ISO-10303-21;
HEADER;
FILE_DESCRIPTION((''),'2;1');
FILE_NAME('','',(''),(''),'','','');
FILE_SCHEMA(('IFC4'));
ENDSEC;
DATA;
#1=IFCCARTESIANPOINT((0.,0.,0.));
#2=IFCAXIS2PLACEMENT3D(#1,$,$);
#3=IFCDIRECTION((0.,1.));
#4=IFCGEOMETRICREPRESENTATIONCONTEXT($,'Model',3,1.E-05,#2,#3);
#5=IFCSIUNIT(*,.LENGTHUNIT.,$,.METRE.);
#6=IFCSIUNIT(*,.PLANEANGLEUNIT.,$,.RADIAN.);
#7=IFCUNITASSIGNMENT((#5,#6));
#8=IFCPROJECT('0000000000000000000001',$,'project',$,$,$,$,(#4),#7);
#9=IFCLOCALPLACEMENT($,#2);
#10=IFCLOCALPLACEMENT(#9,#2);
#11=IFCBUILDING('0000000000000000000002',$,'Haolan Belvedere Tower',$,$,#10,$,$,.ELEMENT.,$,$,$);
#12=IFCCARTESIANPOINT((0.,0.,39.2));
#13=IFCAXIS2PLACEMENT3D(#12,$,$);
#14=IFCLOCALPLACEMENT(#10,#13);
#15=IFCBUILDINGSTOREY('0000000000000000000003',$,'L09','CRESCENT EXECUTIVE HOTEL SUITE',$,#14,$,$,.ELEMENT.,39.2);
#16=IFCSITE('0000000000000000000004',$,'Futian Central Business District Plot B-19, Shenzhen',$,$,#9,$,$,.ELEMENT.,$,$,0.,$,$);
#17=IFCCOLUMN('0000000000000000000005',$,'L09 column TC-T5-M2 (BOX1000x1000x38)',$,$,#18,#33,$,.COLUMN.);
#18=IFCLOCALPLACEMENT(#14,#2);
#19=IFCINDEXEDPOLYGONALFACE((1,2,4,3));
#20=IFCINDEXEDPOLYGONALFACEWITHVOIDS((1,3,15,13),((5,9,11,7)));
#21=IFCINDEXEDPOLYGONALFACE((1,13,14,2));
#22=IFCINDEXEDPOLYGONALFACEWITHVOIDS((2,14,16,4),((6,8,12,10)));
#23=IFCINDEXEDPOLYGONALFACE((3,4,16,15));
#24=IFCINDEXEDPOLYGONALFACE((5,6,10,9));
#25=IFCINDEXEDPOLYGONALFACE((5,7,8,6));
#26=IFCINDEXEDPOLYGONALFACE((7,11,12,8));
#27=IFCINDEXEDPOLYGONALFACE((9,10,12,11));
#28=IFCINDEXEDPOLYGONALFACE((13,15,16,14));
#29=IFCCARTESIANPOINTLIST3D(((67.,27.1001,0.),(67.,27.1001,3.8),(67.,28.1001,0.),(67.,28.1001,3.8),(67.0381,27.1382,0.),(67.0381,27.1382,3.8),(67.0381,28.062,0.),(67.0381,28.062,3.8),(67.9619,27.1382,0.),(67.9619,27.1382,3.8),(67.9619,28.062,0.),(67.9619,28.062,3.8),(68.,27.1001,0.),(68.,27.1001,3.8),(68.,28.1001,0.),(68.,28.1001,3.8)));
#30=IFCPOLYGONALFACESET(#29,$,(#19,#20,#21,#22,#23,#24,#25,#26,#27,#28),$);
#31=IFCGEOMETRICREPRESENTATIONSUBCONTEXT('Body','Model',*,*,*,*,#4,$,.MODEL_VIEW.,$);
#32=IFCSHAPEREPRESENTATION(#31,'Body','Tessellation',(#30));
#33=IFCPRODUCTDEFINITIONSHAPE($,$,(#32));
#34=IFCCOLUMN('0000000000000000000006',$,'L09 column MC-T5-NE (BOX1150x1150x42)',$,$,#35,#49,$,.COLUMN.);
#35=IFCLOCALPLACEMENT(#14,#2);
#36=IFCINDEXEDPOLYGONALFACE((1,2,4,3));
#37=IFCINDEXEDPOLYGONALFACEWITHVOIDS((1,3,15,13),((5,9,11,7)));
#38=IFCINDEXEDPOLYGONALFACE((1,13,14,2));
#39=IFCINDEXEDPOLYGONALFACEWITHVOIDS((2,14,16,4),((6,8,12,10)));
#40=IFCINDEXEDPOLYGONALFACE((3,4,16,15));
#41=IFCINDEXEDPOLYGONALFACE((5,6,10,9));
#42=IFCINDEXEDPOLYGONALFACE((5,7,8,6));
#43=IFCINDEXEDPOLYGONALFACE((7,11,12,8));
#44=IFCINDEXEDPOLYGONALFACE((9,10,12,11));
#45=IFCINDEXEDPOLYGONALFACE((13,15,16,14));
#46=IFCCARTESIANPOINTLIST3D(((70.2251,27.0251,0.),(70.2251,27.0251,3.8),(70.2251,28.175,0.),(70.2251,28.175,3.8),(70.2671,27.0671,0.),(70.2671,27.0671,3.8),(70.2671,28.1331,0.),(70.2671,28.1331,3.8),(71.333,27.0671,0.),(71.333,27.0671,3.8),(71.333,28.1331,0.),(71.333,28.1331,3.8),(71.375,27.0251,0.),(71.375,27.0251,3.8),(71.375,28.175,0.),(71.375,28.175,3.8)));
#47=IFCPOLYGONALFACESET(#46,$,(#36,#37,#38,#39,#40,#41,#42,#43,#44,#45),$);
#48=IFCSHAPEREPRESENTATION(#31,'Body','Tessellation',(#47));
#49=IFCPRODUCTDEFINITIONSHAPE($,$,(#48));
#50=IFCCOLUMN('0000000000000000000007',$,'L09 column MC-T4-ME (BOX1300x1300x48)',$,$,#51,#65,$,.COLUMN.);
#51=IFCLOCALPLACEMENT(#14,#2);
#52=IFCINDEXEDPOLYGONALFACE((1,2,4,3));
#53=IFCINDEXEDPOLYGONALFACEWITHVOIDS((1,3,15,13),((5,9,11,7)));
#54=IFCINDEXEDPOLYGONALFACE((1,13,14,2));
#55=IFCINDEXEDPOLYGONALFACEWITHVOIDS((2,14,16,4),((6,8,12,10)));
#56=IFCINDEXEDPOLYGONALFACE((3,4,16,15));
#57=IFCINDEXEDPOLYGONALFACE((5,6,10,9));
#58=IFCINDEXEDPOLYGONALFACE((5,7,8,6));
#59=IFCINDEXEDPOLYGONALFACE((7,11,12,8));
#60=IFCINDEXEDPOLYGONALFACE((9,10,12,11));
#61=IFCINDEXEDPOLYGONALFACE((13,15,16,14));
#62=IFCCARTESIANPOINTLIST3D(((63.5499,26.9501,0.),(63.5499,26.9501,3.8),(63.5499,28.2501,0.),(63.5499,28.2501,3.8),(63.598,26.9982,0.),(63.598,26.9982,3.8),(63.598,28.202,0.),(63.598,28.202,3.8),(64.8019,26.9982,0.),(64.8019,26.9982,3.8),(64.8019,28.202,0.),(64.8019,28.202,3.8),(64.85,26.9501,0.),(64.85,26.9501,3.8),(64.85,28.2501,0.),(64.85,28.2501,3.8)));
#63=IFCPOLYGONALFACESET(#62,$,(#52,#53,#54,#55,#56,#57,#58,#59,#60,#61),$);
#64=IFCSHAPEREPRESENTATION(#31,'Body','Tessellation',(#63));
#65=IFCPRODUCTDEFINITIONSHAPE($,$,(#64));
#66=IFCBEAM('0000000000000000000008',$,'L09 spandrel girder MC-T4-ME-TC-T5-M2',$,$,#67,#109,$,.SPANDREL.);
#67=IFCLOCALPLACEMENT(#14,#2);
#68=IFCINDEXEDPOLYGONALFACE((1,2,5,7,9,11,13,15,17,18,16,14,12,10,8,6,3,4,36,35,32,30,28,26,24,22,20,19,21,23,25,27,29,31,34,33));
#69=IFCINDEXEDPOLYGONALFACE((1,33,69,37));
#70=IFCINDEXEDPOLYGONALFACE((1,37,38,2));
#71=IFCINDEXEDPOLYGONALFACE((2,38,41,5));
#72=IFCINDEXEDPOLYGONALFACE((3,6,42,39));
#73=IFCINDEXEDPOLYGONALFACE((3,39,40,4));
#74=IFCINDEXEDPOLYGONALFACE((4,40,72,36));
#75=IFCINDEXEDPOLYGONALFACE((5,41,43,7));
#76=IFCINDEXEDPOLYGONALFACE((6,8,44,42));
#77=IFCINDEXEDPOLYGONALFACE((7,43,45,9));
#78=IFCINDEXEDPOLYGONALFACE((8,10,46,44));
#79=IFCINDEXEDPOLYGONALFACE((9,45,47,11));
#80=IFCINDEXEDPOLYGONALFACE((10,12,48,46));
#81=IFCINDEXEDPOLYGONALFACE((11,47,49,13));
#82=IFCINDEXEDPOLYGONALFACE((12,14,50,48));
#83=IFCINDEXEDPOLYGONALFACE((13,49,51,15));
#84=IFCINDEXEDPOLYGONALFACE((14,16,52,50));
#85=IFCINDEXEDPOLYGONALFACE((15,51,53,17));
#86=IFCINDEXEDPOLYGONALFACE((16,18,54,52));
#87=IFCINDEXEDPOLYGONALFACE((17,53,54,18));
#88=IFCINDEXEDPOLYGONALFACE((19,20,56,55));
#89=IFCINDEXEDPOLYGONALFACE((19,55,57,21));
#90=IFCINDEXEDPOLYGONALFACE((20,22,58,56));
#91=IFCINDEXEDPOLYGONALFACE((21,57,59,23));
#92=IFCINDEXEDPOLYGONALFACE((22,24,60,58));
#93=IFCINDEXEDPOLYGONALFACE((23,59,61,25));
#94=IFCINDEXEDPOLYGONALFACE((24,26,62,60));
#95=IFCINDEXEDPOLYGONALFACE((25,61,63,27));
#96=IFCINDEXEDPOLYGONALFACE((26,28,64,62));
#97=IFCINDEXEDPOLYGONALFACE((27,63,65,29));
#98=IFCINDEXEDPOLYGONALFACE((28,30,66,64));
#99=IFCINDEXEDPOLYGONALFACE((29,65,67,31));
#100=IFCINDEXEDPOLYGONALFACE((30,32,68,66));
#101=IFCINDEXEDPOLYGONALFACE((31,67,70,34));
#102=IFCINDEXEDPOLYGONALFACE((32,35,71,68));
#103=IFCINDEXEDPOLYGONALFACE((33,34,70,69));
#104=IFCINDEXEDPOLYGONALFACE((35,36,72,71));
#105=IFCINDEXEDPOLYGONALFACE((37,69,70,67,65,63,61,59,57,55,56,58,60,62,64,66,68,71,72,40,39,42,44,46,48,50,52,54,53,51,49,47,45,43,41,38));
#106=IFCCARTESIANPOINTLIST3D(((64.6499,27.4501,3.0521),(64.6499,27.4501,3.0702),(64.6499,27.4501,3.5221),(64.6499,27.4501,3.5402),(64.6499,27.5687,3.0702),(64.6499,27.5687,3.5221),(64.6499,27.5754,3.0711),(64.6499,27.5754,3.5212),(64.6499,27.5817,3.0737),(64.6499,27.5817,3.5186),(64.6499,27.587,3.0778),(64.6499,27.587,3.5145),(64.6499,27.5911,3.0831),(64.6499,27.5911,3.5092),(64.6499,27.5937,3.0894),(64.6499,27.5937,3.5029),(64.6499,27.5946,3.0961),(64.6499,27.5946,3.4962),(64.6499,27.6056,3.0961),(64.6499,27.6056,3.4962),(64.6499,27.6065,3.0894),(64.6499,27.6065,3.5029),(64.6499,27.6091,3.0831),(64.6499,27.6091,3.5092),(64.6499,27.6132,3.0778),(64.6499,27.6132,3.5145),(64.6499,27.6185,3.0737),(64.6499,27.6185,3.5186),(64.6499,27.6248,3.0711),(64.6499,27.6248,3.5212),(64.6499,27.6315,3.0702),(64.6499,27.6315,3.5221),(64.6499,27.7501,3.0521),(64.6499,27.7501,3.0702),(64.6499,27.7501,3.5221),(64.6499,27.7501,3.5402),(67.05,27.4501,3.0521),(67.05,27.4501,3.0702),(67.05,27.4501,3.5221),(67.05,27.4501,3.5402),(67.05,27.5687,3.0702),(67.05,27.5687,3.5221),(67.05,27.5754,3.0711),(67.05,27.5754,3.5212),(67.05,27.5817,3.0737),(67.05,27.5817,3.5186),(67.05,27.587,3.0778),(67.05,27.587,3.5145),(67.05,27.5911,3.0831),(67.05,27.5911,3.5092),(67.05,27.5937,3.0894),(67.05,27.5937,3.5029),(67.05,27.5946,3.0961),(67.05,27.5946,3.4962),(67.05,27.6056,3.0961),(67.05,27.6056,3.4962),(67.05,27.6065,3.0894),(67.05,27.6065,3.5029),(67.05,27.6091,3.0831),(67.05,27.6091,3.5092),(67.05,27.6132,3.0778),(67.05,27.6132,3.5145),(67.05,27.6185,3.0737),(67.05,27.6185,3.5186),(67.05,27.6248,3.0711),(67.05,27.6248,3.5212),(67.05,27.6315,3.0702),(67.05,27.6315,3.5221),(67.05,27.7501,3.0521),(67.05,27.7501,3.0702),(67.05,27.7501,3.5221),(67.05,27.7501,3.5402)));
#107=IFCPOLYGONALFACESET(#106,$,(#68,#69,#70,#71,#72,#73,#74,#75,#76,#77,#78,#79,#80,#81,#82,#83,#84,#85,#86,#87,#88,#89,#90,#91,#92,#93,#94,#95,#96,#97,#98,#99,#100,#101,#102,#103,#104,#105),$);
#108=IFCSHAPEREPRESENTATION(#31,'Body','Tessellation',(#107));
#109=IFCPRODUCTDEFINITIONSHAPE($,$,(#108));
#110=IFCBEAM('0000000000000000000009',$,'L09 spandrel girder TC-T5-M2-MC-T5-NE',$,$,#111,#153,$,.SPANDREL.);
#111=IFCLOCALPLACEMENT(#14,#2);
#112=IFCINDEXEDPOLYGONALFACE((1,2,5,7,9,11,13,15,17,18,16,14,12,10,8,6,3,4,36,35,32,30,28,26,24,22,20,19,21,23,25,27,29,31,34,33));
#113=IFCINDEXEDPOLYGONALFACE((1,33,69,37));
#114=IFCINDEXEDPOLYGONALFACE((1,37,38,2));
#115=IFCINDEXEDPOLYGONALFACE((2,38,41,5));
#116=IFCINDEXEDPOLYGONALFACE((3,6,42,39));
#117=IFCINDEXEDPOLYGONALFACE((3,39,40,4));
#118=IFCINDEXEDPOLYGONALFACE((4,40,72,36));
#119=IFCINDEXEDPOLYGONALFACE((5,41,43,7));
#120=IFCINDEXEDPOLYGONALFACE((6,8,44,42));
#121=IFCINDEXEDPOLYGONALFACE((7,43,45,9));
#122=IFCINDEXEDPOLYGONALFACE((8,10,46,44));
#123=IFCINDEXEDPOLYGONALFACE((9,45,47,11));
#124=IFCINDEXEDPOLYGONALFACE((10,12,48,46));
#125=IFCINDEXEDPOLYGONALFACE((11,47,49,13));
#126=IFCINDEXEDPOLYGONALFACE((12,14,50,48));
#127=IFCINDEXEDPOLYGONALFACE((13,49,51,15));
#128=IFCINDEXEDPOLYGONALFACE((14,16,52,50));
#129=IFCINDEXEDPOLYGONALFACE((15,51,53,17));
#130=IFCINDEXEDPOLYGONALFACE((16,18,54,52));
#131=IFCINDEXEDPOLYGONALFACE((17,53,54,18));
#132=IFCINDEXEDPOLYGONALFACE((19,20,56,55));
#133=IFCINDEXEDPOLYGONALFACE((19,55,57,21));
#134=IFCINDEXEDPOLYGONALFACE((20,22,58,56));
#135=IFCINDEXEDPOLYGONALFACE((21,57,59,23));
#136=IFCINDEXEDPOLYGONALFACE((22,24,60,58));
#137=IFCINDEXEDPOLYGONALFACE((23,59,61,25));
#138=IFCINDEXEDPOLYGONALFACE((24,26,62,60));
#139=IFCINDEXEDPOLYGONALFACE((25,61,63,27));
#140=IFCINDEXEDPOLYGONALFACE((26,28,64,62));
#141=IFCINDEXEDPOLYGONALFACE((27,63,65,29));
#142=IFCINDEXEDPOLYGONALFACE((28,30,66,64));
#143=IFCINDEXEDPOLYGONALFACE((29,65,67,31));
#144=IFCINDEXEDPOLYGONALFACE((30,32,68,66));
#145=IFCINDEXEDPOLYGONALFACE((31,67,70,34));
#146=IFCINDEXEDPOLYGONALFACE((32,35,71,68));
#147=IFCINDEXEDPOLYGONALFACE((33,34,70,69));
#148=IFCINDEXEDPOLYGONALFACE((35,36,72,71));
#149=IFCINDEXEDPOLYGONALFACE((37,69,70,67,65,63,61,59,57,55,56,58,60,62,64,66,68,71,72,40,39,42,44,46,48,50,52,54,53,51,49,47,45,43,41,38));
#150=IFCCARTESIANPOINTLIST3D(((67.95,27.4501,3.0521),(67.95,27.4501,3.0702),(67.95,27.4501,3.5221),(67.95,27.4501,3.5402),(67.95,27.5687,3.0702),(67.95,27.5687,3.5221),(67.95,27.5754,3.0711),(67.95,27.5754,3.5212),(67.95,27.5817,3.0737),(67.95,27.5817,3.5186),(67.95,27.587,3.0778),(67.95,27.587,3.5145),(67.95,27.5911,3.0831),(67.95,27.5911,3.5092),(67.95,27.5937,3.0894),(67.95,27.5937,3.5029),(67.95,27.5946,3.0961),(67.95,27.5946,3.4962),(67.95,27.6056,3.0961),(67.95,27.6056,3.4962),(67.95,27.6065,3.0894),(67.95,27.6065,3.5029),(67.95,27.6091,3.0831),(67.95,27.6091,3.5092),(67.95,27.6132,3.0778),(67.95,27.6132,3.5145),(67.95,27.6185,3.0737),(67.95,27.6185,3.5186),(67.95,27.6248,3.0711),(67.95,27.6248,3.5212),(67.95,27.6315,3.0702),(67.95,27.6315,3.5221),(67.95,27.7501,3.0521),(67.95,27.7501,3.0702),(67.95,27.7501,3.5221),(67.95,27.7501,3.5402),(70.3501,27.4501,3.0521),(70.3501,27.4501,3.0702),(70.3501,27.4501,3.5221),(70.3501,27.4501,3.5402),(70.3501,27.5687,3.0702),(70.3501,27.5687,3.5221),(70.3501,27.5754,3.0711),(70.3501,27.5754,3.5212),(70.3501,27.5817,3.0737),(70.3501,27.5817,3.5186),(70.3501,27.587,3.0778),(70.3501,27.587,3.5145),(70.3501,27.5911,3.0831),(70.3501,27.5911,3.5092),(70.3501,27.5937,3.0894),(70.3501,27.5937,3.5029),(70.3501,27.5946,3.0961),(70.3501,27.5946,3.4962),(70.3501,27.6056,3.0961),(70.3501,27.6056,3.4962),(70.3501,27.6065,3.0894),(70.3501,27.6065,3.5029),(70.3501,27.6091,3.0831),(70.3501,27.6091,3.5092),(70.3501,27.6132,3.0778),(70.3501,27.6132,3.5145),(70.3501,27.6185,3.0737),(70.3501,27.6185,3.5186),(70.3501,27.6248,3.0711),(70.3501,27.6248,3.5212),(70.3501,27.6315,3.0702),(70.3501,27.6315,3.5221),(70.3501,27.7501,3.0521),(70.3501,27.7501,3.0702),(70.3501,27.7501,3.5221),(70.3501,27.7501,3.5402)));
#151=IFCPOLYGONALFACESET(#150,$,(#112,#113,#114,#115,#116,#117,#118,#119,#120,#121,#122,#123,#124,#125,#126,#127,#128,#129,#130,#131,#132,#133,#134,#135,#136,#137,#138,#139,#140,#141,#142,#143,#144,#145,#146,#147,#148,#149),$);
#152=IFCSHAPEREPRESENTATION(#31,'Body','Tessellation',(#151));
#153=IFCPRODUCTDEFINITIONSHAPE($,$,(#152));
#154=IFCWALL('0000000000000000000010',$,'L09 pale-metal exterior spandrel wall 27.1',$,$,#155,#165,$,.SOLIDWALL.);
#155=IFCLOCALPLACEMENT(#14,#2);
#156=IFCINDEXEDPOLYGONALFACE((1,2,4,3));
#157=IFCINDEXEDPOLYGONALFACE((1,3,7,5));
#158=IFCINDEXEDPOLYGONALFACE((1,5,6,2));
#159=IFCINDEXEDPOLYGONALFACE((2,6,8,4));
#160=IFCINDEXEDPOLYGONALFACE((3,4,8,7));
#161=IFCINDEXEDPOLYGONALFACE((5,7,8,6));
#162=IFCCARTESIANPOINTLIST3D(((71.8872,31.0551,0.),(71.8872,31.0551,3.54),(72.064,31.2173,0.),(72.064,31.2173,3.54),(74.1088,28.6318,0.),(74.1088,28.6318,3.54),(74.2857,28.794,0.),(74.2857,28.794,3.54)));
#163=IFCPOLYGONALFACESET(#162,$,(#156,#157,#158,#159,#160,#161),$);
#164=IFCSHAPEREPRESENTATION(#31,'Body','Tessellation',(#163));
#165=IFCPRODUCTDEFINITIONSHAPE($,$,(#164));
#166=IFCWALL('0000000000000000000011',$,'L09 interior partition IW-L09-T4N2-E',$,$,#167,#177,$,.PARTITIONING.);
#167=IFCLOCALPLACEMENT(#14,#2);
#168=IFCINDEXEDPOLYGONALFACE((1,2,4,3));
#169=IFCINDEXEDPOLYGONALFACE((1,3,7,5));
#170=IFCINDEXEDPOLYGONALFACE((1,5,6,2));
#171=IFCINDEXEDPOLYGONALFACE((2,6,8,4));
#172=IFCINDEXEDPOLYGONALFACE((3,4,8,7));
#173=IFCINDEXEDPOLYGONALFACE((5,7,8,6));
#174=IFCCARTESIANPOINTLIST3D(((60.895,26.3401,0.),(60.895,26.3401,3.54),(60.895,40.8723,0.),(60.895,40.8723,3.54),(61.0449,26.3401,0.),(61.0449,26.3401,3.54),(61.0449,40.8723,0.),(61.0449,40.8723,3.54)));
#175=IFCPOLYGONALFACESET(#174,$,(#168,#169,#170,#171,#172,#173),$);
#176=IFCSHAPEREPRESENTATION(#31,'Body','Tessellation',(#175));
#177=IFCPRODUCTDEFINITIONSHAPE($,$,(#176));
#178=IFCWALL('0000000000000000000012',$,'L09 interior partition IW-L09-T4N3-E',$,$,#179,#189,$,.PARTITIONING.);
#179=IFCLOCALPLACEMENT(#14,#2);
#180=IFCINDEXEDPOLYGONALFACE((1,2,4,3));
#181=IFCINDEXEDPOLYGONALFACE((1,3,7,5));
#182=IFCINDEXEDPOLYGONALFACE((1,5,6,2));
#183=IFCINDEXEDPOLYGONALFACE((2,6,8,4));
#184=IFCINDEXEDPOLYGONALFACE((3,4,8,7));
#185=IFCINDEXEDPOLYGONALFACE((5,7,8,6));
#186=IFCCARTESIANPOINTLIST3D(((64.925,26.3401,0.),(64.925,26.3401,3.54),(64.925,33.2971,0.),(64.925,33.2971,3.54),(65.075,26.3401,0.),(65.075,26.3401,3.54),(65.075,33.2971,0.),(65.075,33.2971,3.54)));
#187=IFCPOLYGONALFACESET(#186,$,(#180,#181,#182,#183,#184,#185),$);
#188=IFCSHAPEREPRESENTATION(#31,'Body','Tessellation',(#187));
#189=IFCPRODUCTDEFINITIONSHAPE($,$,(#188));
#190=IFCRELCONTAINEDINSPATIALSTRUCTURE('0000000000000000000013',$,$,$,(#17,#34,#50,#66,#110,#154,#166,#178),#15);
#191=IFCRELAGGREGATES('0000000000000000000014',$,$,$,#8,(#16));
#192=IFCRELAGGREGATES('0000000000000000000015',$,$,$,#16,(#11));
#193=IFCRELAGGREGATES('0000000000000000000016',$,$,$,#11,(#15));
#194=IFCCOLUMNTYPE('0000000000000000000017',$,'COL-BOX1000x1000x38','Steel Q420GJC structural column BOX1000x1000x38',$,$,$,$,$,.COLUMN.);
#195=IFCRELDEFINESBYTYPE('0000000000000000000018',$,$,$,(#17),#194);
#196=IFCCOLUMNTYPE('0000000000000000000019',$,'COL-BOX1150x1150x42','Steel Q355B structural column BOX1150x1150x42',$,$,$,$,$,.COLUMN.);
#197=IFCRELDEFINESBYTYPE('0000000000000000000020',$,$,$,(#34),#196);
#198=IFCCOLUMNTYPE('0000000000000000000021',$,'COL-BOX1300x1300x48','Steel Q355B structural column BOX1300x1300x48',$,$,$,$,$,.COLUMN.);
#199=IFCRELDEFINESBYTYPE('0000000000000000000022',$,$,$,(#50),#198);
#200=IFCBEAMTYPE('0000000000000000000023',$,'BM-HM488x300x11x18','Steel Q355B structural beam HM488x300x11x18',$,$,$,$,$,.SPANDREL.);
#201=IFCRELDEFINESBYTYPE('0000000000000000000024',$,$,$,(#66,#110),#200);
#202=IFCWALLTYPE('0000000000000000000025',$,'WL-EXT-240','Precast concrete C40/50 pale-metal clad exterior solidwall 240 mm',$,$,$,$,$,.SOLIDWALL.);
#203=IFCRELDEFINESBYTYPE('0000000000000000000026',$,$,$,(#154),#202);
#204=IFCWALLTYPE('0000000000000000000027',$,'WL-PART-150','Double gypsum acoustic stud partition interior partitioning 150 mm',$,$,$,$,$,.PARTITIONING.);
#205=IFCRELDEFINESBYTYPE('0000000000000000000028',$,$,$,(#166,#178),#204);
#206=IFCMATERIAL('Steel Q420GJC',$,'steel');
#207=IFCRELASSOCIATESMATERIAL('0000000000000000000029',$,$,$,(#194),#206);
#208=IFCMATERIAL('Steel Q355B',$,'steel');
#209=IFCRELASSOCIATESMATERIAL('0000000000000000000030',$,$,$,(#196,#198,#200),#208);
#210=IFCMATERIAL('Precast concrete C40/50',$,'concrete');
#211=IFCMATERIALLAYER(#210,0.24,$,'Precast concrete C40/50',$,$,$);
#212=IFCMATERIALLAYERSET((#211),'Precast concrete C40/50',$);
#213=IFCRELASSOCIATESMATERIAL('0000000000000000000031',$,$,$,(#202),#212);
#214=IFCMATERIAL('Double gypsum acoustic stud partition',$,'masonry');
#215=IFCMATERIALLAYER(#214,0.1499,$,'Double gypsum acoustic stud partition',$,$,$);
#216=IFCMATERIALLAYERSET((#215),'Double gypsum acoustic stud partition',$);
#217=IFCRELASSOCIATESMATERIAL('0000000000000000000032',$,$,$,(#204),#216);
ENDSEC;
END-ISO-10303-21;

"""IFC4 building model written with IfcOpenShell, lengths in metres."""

from ifc_helpers import new_model, si_unit, direction, frame, frame_2d, origin, origin_2d, place, context, subcontext, project, spatial, rectangle, hollow_rectangle, i_section, extrude, material, layer, layer_set, material_profile, profile_set, type_object, element, save


model = new_model("IFC4")

# Units and contexts
model_context = context("Model", 3, precision=1e-05, world=origin(), true_north=direction((0.0, 1.0)))
body_context = subcontext(model_context, "Body", "Model", "MODEL_VIEW")
ifc_project = project(units=[si_unit("LENGTHUNIT", "METRE"), si_unit("PLANEANGLEUNIT", "RADIAN")], contexts=[model_context])

# Site, building, storey
site_placement = place(None, origin())
site = spatial("IfcSite", under=ifc_project, at=site_placement, Name="Futian Central Business District Plot B-19, Shenzhen", CompositionType="ELEMENT", RefElevation=0.0)
building_placement = place(site_placement, origin())
building = spatial("IfcBuilding", under=site, at=building_placement, Name="Haolan Belvedere Tower", CompositionType="ELEMENT")
storey_placement = place(building_placement, frame((0.0, 0.0, 39.2)))
storey = spatial("IfcBuildingStorey", under=building, at=storey_placement, Name="L09", Description="CRESCENT EXECUTIVE HOTEL SUITE", CompositionType="ELEMENT", Elevation=39.2)

# Columns
ifc_material_1 = material(Name="Steel Q420GJC", Category="steel")
ifc_material_profile_1 = material_profile(ifc_material_1, hollow_rectangle(XDim=1.0, YDim=1.0, WallThickness=0.0381, at=origin_2d()), Name="Steel Q420GJC")
ifc_profile_set_1 = profile_set([ifc_material_profile_1], Name="Steel Q420GJC")
column_type_1 = type_object("IfcColumnType", Name="COL-BOX1000x1000x38", Description="Steel Q420GJC structural column BOX1000x1000x38", PredefinedType="COLUMN", material=ifc_profile_set_1)
column_1_placement = place(storey_placement, frame((67.5, 27.6001, 0.0), z_axis=(0.0, 0.0, 1.0), x_axis=(1.0, 0.0, 0.0)))
element("IfcColumn", 1, at=column_1_placement, inside=storey, type_object=column_type_1, Name="L09 column TC-T5-M2 (BOX1000x1000x38)", PredefinedType="COLUMN", context=body_context, shape_type="SweptSolid", body=[
    extrude(hollow_rectangle(XDim=1.0, YDim=1.0, WallThickness=0.0381, at=origin_2d()), origin(), (0.0, 0.0, 1.0), 3.8),
])
ifc_material_2 = material(Name="Steel Q355B", Category="steel")
ifc_material_profile_2 = material_profile(ifc_material_2, hollow_rectangle(XDim=1.1499, YDim=1.1499, WallThickness=0.042, at=origin_2d()), Name="Steel Q355B")
ifc_profile_set_2 = profile_set([ifc_material_profile_2], Name="Steel Q355B")
column_type_2 = type_object("IfcColumnType", Name="COL-BOX1150x1150x42", Description="Steel Q355B structural column BOX1150x1150x42", PredefinedType="COLUMN", material=ifc_profile_set_2)
column_2_placement = place(storey_placement, frame((70.8, 27.6001, 0.0), z_axis=(0.0, 0.0, 1.0), x_axis=(1.0, 0.0, 0.0)))
element("IfcColumn", 2, at=column_2_placement, inside=storey, type_object=column_type_2, Name="L09 column MC-T5-NE (BOX1150x1150x42)", PredefinedType="COLUMN", context=body_context, shape_type="SweptSolid", body=[
    extrude(hollow_rectangle(XDim=1.1499, YDim=1.1499, WallThickness=0.042, at=origin_2d()), origin(), (0.0, 0.0, 1.0), 3.8),
])
ifc_material_profile_3 = material_profile(ifc_material_2, hollow_rectangle(XDim=1.3, YDim=1.3, WallThickness=0.0481, at=origin_2d()), Name="Steel Q355B")
ifc_profile_set_3 = profile_set([ifc_material_profile_3], Name="Steel Q355B")
column_type_3 = type_object("IfcColumnType", Name="COL-BOX1300x1300x48", Description="Steel Q355B structural column BOX1300x1300x48", PredefinedType="COLUMN", material=ifc_profile_set_3)
column_3_placement = place(storey_placement, frame((64.2, 27.6001, 0.0), z_axis=(0.0, 0.0, 1.0), x_axis=(1.0, 0.0, 0.0)))
element("IfcColumn", 3, at=column_3_placement, inside=storey, type_object=column_type_3, Name="L09 column MC-T4-ME (BOX1300x1300x48)", PredefinedType="COLUMN", context=body_context, shape_type="SweptSolid", body=[
    extrude(hollow_rectangle(XDim=1.3, YDim=1.3, WallThickness=0.0481, at=origin_2d()), origin(), (0.0, 0.0, 1.0), 3.8),
])

# Beams
ifc_material_profile_4 = material_profile(ifc_material_2, i_section(OverallWidth=0.3, OverallDepth=0.488, WebThickness=0.011, FlangeThickness=0.0181, FilletRadius=0.0259, at=origin_2d()), Name="Steel Q355B")
ifc_profile_set_4 = profile_set([ifc_material_profile_4], Name="Steel Q355B")
beam_type = type_object("IfcBeamType", Name="BM-HM488x300x11x18", Description="Steel Q355B structural beam HM488x300x11x18", PredefinedType="SPANDREL", material=ifc_profile_set_4)
for number, where, z_axis, x_axis, name in (
    (4, (64.6499, 27.6001, 3.2961), (1.0, 0.0, 0.0), (0.0, 1.0, 0.0), "L09 spandrel girder MC-T4-ME-TC-T5-M2"),
    (5, (67.95, 27.6001, 3.2961), (1.0, 0.0, 0.0), (0.0, 1.0, 0.0), "L09 spandrel girder TC-T5-M2-MC-T5-NE"),
):
    element("IfcBeam", number, at=place(storey_placement, frame(where, z_axis=z_axis, x_axis=x_axis)), inside=storey, type_object=beam_type, Name=name, PredefinedType="SPANDREL", context=body_context, shape_type="SweptSolid", body=[
        extrude(i_section(OverallWidth=0.3, OverallDepth=0.488, WebThickness=0.011, FlangeThickness=0.0181, FilletRadius=0.0259, at=origin_2d()), origin(), (0.0, 0.0, 1.0), 2.4001),
    ])

# Walls
ifc_material_3 = material(Name="Precast concrete C40/50", Category="concrete")
ifc_layer_1 = layer(ifc_material_3, 0.24, Name="Precast concrete C40/50")
ifc_layer_set_1 = layer_set([ifc_layer_1], Name="Precast concrete C40/50")
wall_type_1 = type_object("IfcWallType", Name="WL-EXT-240", Description="Precast concrete C40/50 pale-metal clad exterior solidwall 240 mm", PredefinedType="SOLIDWALL", material=ifc_layer_set_1)
wall_1_placement = place(storey_placement, frame((74.1973, 28.7129, 0.0), z_axis=(0.0, 0.0, 1.0), x_axis=(-0.675772, 0.737111, 0.0)))
element("IfcWall", 6, at=wall_1_placement, inside=storey, type_object=wall_type_1, Name="L09 pale-metal exterior spandrel wall 27.1", PredefinedType="SOLIDWALL", context=body_context, shape_type="SweptSolid", body=[
    extrude(rectangle(XDim=3.2876, YDim=0.24, at=frame_2d((1.6438, 0.0))), origin(), (0.0, 0.0, 1.0), 3.54),
])
ifc_material_4 = material(Name="Double gypsum acoustic stud partition", Category="masonry")
ifc_layer_2 = layer(ifc_material_4, 0.1499, Name="Double gypsum acoustic stud partition")
ifc_layer_set_2 = layer_set([ifc_layer_2], Name="Double gypsum acoustic stud partition")
wall_type_2 = type_object("IfcWallType", Name="WL-PART-150", Description="Double gypsum acoustic stud partition interior partitioning 150 mm", PredefinedType="PARTITIONING", material=ifc_layer_set_2)
wall_2_placement = place(storey_placement, frame((60.97, 26.3401, 0.0), z_axis=(0.0, 0.0, 1.0), x_axis=(0.0, 1.0, 0.0)))
element("IfcWall", 7, at=wall_2_placement, inside=storey, type_object=wall_type_2, Name="L09 interior partition IW-L09-T4N2-E", PredefinedType="PARTITIONING", context=body_context, shape_type="SweptSolid", body=[
    extrude(rectangle(XDim=14.5322, YDim=0.1499, at=frame_2d((7.2661, 0.0))), origin(), (0.0, 0.0, 1.0), 3.54),
])

# Wall
wall_3_placement = place(storey_placement, frame((65.0, 26.3401, 0.0), z_axis=(0.0, 0.0, 1.0), x_axis=(0.0, 1.0, 0.0)))
element("IfcWall", 8, at=wall_3_placement, inside=storey, type_object=wall_type_2, Name="L09 interior partition IW-L09-T4N3-E", PredefinedType="PARTITIONING", context=body_context, shape_type="SweptSolid", body=[
    extrude(rectangle(XDim=6.957, YDim=0.1499, at=frame_2d((3.4785, 0.0))), origin(), (0.0, 0.0, 1.0), 3.54),
])

save(model, "model.ifc")
